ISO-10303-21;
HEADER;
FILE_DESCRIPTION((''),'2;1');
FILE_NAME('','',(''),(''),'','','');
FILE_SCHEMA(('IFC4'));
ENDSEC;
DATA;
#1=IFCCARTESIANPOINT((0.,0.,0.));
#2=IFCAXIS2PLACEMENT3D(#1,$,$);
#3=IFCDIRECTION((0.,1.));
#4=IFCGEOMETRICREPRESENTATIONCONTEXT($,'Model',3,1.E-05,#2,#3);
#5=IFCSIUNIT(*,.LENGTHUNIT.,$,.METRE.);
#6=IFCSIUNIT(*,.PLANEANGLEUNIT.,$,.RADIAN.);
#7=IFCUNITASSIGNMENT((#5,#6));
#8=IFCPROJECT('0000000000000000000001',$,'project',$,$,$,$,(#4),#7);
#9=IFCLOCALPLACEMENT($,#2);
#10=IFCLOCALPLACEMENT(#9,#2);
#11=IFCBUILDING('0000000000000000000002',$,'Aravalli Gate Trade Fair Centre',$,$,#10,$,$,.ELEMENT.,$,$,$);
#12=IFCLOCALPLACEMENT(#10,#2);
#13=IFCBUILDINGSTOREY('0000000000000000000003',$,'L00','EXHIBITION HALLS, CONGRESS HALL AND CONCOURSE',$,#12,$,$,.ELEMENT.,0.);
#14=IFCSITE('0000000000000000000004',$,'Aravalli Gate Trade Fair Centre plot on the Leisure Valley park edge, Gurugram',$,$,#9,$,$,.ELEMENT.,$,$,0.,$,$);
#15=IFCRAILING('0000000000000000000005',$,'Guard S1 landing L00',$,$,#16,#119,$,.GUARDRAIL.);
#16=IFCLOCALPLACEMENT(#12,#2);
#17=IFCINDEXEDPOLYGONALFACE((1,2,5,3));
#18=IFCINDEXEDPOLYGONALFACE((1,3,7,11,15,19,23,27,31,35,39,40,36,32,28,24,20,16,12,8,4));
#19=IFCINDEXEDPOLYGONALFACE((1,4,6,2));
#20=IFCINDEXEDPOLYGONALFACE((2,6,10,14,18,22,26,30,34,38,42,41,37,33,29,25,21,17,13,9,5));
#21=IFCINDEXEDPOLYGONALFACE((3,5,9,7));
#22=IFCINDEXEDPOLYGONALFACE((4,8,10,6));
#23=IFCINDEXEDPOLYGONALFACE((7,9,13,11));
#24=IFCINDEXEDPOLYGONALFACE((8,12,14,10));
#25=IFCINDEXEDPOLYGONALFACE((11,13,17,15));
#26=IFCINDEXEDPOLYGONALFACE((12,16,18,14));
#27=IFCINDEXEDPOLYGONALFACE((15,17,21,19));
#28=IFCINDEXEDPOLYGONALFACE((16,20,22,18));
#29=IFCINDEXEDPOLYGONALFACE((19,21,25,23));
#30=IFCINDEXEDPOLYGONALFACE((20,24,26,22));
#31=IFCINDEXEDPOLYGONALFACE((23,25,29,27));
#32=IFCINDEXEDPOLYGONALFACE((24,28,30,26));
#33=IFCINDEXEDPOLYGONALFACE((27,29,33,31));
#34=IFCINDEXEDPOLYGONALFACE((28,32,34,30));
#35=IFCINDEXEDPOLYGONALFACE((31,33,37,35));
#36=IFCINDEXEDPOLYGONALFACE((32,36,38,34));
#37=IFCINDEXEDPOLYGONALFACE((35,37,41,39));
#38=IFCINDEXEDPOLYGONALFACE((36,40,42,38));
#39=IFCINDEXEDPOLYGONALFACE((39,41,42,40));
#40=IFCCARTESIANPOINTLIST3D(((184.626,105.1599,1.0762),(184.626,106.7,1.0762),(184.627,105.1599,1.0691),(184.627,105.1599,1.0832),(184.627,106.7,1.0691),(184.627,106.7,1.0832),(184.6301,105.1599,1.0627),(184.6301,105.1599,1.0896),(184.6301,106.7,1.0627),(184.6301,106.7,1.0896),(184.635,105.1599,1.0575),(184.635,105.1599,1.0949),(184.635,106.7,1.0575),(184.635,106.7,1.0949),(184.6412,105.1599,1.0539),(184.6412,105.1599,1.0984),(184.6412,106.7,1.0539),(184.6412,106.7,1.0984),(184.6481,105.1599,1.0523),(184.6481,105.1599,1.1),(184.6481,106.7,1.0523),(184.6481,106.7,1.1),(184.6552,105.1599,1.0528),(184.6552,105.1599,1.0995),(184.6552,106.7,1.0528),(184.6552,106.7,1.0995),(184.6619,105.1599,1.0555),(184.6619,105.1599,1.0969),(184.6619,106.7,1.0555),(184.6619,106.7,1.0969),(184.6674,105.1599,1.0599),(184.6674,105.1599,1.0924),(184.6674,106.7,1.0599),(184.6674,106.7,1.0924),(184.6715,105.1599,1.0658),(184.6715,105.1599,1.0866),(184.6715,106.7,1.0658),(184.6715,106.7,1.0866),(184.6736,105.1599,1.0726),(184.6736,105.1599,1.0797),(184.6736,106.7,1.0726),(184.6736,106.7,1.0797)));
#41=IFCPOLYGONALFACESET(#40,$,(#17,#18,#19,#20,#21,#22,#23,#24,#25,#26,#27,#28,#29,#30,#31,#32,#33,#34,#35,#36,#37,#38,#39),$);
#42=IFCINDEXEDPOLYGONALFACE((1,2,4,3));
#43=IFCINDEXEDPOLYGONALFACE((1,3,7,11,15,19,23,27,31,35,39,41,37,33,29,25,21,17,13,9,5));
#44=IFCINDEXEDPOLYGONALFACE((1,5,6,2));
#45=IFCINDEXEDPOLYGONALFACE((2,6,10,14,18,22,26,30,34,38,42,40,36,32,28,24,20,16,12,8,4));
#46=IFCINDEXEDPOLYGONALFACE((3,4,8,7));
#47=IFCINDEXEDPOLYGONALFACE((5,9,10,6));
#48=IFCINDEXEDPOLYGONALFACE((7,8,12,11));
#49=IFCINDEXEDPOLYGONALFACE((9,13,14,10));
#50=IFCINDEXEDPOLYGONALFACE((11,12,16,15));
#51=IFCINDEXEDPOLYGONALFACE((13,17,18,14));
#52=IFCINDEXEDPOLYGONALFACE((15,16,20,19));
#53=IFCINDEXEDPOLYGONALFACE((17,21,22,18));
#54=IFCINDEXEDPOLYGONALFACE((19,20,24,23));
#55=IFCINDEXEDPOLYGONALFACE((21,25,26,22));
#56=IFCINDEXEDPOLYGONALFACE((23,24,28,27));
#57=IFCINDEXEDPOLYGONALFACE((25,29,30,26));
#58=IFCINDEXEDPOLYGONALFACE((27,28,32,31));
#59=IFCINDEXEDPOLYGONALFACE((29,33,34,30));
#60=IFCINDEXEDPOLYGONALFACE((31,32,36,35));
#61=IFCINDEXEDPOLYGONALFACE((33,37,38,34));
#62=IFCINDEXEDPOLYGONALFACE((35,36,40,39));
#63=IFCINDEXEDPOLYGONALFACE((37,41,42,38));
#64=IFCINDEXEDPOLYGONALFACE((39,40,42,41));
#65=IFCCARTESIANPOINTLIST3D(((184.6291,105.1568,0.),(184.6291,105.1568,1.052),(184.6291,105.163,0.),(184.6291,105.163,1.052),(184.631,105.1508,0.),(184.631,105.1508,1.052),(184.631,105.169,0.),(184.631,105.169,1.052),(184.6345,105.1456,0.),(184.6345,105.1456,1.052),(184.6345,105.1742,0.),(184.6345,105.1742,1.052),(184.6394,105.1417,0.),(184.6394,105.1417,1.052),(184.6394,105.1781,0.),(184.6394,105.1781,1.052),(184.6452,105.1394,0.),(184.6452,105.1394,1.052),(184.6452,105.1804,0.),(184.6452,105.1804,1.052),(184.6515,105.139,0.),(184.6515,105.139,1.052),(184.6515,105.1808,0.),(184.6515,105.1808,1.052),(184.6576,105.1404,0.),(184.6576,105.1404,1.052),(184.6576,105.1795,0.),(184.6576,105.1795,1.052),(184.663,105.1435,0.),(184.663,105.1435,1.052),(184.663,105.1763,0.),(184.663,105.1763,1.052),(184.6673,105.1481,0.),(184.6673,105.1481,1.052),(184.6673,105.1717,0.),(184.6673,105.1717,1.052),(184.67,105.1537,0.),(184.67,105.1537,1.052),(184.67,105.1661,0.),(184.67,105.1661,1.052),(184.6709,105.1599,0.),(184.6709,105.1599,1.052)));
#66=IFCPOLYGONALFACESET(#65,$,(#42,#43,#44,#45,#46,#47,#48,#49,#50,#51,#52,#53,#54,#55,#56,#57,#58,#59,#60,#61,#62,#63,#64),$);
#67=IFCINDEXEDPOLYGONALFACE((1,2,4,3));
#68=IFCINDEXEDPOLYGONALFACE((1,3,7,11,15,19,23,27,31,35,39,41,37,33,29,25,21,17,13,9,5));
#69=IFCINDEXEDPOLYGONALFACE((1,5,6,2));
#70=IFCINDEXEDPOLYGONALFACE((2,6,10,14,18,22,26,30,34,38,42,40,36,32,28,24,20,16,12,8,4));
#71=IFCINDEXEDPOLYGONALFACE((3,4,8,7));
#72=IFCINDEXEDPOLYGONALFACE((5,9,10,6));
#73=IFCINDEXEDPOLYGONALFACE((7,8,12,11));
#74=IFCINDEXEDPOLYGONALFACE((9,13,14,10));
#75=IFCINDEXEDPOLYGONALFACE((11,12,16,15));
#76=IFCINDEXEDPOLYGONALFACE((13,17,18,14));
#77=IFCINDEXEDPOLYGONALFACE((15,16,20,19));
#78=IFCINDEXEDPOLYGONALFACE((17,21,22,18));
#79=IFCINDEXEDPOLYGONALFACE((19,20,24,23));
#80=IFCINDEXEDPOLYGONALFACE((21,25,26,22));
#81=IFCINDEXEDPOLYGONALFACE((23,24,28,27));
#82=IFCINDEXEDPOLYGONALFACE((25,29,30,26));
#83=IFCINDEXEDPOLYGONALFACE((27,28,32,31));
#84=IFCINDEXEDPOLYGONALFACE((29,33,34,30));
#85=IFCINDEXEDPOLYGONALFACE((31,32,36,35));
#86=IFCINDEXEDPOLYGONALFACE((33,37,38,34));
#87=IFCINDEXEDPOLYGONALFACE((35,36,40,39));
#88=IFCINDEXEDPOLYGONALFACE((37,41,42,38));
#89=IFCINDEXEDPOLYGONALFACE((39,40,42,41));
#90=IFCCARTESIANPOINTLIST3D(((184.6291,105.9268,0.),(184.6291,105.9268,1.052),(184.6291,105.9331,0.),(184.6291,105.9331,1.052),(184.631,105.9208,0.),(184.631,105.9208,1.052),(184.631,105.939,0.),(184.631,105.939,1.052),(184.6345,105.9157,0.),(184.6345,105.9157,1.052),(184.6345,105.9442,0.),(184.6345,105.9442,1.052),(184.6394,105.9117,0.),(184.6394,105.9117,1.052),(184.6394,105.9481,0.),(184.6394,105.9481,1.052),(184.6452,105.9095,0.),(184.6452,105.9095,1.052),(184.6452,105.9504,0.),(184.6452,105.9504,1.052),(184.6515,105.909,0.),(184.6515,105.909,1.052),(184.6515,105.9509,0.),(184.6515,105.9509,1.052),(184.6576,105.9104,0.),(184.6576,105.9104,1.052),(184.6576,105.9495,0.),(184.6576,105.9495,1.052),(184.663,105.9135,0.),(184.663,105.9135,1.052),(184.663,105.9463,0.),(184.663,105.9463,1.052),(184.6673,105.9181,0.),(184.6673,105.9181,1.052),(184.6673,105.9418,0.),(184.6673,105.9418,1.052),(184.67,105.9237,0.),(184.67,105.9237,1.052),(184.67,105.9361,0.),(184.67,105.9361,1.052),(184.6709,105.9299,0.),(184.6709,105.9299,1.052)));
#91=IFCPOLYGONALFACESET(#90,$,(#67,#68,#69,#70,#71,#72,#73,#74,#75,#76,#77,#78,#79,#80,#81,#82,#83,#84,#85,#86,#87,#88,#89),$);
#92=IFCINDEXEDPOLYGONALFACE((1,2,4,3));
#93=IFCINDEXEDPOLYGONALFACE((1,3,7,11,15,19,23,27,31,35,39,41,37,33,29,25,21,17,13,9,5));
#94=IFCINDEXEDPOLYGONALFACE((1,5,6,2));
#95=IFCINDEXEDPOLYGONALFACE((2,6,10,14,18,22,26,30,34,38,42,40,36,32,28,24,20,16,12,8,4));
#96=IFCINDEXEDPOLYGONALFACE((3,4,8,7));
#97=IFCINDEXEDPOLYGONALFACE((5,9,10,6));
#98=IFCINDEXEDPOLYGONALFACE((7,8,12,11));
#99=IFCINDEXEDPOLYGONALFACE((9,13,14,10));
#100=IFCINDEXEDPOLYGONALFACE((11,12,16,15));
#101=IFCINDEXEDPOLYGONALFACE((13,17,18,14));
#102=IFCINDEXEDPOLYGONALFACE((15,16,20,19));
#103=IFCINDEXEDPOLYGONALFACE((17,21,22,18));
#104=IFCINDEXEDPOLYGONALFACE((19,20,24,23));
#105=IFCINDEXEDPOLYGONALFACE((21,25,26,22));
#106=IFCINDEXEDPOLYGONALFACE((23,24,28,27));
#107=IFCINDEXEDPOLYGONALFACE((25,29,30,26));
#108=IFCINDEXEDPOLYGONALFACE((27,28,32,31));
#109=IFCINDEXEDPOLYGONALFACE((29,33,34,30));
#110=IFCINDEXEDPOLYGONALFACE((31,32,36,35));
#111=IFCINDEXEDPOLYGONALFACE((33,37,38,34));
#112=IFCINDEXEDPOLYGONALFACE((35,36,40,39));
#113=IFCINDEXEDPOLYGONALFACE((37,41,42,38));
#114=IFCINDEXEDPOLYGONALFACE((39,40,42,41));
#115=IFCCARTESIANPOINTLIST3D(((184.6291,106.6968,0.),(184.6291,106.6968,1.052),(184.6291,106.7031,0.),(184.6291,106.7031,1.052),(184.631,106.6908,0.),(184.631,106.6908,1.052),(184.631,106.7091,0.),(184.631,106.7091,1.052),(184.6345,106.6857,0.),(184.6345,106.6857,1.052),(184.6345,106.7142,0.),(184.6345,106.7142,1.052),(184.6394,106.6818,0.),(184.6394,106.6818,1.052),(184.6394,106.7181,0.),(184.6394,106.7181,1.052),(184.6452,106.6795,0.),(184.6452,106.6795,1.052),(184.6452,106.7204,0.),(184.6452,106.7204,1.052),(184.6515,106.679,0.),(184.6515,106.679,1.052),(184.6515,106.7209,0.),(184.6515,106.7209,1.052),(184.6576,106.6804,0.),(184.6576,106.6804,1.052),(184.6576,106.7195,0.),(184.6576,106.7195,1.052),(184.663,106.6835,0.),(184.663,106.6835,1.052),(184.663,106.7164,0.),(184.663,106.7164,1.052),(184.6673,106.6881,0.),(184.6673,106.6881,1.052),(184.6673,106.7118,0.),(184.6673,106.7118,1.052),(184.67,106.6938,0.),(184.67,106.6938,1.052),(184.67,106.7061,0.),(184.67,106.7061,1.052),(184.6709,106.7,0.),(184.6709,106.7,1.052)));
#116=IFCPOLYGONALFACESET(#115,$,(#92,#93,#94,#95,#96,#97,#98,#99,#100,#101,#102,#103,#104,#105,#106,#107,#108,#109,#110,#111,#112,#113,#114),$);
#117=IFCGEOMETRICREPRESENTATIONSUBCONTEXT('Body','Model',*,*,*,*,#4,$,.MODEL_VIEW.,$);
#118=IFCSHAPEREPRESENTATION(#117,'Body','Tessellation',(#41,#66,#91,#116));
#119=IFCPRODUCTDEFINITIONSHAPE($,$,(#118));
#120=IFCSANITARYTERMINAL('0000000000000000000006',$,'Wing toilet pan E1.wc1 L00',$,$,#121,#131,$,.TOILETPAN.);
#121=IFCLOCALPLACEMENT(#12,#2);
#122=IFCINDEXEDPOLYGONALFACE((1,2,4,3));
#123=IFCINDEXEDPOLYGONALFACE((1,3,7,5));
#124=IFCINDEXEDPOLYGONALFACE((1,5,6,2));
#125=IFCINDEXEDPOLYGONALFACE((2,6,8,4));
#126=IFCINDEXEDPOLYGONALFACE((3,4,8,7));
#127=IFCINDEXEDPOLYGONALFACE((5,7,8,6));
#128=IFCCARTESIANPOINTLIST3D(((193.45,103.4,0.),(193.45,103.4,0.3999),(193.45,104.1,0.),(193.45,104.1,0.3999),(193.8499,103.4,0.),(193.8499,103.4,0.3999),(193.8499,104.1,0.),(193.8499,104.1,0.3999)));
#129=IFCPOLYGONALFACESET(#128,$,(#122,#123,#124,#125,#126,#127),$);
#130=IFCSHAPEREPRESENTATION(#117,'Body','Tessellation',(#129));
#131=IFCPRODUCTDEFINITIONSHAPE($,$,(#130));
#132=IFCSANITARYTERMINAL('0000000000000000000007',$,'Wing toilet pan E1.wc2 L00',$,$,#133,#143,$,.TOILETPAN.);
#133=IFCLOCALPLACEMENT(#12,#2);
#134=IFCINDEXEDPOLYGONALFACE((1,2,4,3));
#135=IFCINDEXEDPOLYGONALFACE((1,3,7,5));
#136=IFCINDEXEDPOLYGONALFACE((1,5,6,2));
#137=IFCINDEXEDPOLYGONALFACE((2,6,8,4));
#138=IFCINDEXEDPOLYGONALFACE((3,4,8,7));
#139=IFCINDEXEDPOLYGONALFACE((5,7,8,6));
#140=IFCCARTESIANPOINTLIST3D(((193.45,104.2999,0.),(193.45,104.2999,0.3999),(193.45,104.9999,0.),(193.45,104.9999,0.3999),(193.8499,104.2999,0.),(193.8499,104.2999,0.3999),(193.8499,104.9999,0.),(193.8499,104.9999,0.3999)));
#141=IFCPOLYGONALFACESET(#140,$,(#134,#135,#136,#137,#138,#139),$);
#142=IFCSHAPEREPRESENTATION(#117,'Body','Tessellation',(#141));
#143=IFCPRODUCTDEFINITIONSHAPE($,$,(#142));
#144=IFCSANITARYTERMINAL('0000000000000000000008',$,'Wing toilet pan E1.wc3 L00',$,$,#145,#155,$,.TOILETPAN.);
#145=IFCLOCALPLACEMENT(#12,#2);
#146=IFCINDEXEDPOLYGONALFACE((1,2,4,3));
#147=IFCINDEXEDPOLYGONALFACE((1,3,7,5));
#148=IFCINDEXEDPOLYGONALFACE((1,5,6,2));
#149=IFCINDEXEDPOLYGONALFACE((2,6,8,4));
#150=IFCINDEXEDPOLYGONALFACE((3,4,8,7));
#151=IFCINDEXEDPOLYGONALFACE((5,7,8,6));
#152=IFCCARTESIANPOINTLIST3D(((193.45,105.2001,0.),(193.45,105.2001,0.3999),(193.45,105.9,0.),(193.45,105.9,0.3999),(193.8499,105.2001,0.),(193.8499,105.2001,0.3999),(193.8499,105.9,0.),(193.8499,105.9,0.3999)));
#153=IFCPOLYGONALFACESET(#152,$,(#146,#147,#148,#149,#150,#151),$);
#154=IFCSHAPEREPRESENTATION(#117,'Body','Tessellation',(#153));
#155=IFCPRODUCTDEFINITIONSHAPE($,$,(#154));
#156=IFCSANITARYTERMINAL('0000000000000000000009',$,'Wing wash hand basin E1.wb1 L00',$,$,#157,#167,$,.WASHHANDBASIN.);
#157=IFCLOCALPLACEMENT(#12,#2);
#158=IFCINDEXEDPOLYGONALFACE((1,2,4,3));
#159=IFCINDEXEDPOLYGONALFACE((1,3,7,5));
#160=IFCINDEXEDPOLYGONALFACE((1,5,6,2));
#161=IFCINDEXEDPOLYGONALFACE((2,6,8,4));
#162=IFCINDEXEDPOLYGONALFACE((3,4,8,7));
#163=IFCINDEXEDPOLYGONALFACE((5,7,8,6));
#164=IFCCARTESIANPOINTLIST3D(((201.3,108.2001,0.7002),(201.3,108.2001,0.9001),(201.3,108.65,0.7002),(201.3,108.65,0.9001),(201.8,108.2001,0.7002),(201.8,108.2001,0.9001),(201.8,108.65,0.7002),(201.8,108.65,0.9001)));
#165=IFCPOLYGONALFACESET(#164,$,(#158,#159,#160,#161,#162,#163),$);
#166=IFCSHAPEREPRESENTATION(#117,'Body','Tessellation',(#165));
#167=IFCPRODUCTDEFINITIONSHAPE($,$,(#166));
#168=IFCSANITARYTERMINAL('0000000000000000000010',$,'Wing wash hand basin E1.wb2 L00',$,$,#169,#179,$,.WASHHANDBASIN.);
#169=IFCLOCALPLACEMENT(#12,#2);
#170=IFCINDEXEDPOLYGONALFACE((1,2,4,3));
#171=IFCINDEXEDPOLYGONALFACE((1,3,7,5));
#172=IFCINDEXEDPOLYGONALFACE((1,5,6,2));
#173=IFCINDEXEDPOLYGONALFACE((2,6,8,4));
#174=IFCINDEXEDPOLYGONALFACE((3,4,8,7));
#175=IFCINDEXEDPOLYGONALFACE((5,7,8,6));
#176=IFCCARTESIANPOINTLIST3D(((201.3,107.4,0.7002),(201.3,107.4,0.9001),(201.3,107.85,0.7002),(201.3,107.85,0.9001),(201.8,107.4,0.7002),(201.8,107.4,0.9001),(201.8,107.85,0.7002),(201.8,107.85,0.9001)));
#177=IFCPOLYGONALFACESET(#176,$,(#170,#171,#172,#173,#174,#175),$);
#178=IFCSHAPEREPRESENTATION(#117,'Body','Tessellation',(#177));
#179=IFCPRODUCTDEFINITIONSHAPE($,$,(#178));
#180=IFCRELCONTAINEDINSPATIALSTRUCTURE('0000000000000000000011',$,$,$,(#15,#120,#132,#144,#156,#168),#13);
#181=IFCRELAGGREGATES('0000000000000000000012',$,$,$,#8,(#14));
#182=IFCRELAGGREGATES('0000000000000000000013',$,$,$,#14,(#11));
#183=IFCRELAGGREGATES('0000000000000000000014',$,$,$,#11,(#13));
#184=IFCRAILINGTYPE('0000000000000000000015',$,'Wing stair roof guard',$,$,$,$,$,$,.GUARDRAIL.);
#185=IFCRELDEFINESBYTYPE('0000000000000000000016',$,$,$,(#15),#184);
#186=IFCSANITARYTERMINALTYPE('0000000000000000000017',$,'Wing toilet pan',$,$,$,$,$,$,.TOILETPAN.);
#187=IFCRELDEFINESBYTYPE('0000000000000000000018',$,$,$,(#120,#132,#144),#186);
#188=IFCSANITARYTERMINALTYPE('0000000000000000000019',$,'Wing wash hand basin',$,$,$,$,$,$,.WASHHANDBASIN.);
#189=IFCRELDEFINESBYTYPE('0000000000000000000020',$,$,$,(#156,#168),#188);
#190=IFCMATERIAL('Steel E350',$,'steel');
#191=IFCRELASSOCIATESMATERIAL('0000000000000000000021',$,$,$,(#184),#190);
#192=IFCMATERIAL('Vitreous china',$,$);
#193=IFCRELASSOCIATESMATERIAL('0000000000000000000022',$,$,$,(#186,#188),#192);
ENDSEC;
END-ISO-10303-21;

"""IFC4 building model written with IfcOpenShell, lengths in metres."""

from ifc_helpers import new_model, si_unit, direction, frame, origin, origin_2d, place, context, subcontext, project, spatial, rectangle, circle, extrude, material, type_object, element, save


model = new_model("IFC4")

# Units and contexts
model_context = context("Model", 3, precision=1e-05, world=origin(), true_north=direction((0.0, 1.0)))
body_context = subcontext(model_context, "Body", "Model", "MODEL_VIEW")
ifc_project = project(units=[si_unit("LENGTHUNIT", "METRE"), si_unit("PLANEANGLEUNIT", "RADIAN")], contexts=[model_context])

# Site, building, storey
site_placement = place(None, origin())
site = spatial("IfcSite", under=ifc_project, at=site_placement, Name="Aravalli Gate Trade Fair Centre plot on the Leisure Valley park edge, Gurugram", CompositionType="ELEMENT", RefElevation=0.0)
building_placement = place(site_placement, origin())
building = spatial("IfcBuilding", under=site, at=building_placement, Name="Aravalli Gate Trade Fair Centre", CompositionType="ELEMENT")
storey_placement = place(building_placement, origin())
storey = spatial("IfcBuildingStorey", under=building, at=storey_placement, Name="L00", Description="EXHIBITION HALLS, CONGRESS HALL AND CONCOURSE", CompositionType="ELEMENT", Elevation=0.0)

# Shared definitions
ifc_material_1 = material(Name="Steel E350", Category="steel")

# Railing
railing_type_1 = type_object("IfcRailingType", Name="Wing stair roof guard", PredefinedType="GUARDRAIL", material=ifc_material_1)
railing_1_placement = place(storey_placement, frame((184.6499, 105.1599, 0.0)))
element("IfcRailing", 1, at=railing_1_placement, inside=storey, type_object=railing_type_1, Name="Guard S1 landing L00", PredefinedType="GUARDRAIL", context=body_context, shape_type="SweptSolid", body=[
    extrude(circle(Radius=0.0239, at=origin_2d()), frame((0.0, 0.0, 1.0762), z_axis=(0.0, 1.0, 0.0), x_axis=(-1.0, 0.0, 0.0)), (0.0, 0.0, 1.0), 1.54),
    extrude(circle(Radius=0.021, at=origin_2d()), origin(), (0.0, 0.0, 1.0), 1.052),
    extrude(circle(Radius=0.021, at=origin_2d()), frame((0.0, 0.77, 0.0)), (0.0, 0.0, 1.0), 1.052),
    extrude(circle(Radius=0.021, at=origin_2d()), frame((0.0, 1.54, 0.0)), (0.0, 0.0, 1.0), 1.052),
])

# Sanitary terminals
ifc_material_2 = material(Name="Vitreous china")
sanitary_terminal_type_1 = type_object("IfcSanitaryTerminalType", Name="Wing toilet pan", PredefinedType="TOILETPAN", material=ifc_material_2)
for number, where, z_axis, x_axis, name in (
    (2, (193.6499, 103.75, 0.0), (0.0, 0.0, 1.0), (1.0, 0.0, 0.0), "Wing toilet pan E1.wc1 L00"),
    (3, (193.6499, 104.6499, 0.0), (0.0, 0.0, 1.0), (1.0, 0.0, 0.0), "Wing toilet pan E1.wc2 L00"),
    (4, (193.6499, 105.55, 0.0), (0.0, 0.0, 1.0), (1.0, 0.0, 0.0), "Wing toilet pan E1.wc3 L00"),
):
    element("IfcSanitaryTerminal", number, at=place(storey_placement, frame(where, z_axis=z_axis, x_axis=x_axis)), inside=storey, type_object=sanitary_terminal_type_1, Name=name, PredefinedType="TOILETPAN", context=body_context, shape_type="SweptSolid", body=[
        extrude(rectangle(XDim=0.3999, YDim=0.7, at=origin_2d()), origin(), (0.0, 0.0, 1.0), 0.3999),
    ])
sanitary_terminal_type_2 = type_object("IfcSanitaryTerminalType", Name="Wing wash hand basin", PredefinedType="WASHHANDBASIN", material=ifc_material_2)
for number, where, z_axis, x_axis, name in (
    (5, (201.55, 108.425, 0.7002), (0.0, 0.0, 1.0), (1.0, 0.0, 0.0), "Wing wash hand basin E1.wb1 L00"),
    (6, (201.55, 107.625, 0.7002), (0.0, 0.0, 1.0), (1.0, 0.0, 0.0), "Wing wash hand basin E1.wb2 L00"),
):
    element("IfcSanitaryTerminal", number, at=place(storey_placement, frame(where, z_axis=z_axis, x_axis=x_axis)), inside=storey, type_object=sanitary_terminal_type_2, Name=name, PredefinedType="WASHHANDBASIN", context=body_context, shape_type="SweptSolid", body=[
        extrude(rectangle(XDim=0.5, YDim=0.45, at=origin_2d()), origin(), (0.0, 0.0, 1.0), 0.2),
    ])

save(model, "model.ifc")
